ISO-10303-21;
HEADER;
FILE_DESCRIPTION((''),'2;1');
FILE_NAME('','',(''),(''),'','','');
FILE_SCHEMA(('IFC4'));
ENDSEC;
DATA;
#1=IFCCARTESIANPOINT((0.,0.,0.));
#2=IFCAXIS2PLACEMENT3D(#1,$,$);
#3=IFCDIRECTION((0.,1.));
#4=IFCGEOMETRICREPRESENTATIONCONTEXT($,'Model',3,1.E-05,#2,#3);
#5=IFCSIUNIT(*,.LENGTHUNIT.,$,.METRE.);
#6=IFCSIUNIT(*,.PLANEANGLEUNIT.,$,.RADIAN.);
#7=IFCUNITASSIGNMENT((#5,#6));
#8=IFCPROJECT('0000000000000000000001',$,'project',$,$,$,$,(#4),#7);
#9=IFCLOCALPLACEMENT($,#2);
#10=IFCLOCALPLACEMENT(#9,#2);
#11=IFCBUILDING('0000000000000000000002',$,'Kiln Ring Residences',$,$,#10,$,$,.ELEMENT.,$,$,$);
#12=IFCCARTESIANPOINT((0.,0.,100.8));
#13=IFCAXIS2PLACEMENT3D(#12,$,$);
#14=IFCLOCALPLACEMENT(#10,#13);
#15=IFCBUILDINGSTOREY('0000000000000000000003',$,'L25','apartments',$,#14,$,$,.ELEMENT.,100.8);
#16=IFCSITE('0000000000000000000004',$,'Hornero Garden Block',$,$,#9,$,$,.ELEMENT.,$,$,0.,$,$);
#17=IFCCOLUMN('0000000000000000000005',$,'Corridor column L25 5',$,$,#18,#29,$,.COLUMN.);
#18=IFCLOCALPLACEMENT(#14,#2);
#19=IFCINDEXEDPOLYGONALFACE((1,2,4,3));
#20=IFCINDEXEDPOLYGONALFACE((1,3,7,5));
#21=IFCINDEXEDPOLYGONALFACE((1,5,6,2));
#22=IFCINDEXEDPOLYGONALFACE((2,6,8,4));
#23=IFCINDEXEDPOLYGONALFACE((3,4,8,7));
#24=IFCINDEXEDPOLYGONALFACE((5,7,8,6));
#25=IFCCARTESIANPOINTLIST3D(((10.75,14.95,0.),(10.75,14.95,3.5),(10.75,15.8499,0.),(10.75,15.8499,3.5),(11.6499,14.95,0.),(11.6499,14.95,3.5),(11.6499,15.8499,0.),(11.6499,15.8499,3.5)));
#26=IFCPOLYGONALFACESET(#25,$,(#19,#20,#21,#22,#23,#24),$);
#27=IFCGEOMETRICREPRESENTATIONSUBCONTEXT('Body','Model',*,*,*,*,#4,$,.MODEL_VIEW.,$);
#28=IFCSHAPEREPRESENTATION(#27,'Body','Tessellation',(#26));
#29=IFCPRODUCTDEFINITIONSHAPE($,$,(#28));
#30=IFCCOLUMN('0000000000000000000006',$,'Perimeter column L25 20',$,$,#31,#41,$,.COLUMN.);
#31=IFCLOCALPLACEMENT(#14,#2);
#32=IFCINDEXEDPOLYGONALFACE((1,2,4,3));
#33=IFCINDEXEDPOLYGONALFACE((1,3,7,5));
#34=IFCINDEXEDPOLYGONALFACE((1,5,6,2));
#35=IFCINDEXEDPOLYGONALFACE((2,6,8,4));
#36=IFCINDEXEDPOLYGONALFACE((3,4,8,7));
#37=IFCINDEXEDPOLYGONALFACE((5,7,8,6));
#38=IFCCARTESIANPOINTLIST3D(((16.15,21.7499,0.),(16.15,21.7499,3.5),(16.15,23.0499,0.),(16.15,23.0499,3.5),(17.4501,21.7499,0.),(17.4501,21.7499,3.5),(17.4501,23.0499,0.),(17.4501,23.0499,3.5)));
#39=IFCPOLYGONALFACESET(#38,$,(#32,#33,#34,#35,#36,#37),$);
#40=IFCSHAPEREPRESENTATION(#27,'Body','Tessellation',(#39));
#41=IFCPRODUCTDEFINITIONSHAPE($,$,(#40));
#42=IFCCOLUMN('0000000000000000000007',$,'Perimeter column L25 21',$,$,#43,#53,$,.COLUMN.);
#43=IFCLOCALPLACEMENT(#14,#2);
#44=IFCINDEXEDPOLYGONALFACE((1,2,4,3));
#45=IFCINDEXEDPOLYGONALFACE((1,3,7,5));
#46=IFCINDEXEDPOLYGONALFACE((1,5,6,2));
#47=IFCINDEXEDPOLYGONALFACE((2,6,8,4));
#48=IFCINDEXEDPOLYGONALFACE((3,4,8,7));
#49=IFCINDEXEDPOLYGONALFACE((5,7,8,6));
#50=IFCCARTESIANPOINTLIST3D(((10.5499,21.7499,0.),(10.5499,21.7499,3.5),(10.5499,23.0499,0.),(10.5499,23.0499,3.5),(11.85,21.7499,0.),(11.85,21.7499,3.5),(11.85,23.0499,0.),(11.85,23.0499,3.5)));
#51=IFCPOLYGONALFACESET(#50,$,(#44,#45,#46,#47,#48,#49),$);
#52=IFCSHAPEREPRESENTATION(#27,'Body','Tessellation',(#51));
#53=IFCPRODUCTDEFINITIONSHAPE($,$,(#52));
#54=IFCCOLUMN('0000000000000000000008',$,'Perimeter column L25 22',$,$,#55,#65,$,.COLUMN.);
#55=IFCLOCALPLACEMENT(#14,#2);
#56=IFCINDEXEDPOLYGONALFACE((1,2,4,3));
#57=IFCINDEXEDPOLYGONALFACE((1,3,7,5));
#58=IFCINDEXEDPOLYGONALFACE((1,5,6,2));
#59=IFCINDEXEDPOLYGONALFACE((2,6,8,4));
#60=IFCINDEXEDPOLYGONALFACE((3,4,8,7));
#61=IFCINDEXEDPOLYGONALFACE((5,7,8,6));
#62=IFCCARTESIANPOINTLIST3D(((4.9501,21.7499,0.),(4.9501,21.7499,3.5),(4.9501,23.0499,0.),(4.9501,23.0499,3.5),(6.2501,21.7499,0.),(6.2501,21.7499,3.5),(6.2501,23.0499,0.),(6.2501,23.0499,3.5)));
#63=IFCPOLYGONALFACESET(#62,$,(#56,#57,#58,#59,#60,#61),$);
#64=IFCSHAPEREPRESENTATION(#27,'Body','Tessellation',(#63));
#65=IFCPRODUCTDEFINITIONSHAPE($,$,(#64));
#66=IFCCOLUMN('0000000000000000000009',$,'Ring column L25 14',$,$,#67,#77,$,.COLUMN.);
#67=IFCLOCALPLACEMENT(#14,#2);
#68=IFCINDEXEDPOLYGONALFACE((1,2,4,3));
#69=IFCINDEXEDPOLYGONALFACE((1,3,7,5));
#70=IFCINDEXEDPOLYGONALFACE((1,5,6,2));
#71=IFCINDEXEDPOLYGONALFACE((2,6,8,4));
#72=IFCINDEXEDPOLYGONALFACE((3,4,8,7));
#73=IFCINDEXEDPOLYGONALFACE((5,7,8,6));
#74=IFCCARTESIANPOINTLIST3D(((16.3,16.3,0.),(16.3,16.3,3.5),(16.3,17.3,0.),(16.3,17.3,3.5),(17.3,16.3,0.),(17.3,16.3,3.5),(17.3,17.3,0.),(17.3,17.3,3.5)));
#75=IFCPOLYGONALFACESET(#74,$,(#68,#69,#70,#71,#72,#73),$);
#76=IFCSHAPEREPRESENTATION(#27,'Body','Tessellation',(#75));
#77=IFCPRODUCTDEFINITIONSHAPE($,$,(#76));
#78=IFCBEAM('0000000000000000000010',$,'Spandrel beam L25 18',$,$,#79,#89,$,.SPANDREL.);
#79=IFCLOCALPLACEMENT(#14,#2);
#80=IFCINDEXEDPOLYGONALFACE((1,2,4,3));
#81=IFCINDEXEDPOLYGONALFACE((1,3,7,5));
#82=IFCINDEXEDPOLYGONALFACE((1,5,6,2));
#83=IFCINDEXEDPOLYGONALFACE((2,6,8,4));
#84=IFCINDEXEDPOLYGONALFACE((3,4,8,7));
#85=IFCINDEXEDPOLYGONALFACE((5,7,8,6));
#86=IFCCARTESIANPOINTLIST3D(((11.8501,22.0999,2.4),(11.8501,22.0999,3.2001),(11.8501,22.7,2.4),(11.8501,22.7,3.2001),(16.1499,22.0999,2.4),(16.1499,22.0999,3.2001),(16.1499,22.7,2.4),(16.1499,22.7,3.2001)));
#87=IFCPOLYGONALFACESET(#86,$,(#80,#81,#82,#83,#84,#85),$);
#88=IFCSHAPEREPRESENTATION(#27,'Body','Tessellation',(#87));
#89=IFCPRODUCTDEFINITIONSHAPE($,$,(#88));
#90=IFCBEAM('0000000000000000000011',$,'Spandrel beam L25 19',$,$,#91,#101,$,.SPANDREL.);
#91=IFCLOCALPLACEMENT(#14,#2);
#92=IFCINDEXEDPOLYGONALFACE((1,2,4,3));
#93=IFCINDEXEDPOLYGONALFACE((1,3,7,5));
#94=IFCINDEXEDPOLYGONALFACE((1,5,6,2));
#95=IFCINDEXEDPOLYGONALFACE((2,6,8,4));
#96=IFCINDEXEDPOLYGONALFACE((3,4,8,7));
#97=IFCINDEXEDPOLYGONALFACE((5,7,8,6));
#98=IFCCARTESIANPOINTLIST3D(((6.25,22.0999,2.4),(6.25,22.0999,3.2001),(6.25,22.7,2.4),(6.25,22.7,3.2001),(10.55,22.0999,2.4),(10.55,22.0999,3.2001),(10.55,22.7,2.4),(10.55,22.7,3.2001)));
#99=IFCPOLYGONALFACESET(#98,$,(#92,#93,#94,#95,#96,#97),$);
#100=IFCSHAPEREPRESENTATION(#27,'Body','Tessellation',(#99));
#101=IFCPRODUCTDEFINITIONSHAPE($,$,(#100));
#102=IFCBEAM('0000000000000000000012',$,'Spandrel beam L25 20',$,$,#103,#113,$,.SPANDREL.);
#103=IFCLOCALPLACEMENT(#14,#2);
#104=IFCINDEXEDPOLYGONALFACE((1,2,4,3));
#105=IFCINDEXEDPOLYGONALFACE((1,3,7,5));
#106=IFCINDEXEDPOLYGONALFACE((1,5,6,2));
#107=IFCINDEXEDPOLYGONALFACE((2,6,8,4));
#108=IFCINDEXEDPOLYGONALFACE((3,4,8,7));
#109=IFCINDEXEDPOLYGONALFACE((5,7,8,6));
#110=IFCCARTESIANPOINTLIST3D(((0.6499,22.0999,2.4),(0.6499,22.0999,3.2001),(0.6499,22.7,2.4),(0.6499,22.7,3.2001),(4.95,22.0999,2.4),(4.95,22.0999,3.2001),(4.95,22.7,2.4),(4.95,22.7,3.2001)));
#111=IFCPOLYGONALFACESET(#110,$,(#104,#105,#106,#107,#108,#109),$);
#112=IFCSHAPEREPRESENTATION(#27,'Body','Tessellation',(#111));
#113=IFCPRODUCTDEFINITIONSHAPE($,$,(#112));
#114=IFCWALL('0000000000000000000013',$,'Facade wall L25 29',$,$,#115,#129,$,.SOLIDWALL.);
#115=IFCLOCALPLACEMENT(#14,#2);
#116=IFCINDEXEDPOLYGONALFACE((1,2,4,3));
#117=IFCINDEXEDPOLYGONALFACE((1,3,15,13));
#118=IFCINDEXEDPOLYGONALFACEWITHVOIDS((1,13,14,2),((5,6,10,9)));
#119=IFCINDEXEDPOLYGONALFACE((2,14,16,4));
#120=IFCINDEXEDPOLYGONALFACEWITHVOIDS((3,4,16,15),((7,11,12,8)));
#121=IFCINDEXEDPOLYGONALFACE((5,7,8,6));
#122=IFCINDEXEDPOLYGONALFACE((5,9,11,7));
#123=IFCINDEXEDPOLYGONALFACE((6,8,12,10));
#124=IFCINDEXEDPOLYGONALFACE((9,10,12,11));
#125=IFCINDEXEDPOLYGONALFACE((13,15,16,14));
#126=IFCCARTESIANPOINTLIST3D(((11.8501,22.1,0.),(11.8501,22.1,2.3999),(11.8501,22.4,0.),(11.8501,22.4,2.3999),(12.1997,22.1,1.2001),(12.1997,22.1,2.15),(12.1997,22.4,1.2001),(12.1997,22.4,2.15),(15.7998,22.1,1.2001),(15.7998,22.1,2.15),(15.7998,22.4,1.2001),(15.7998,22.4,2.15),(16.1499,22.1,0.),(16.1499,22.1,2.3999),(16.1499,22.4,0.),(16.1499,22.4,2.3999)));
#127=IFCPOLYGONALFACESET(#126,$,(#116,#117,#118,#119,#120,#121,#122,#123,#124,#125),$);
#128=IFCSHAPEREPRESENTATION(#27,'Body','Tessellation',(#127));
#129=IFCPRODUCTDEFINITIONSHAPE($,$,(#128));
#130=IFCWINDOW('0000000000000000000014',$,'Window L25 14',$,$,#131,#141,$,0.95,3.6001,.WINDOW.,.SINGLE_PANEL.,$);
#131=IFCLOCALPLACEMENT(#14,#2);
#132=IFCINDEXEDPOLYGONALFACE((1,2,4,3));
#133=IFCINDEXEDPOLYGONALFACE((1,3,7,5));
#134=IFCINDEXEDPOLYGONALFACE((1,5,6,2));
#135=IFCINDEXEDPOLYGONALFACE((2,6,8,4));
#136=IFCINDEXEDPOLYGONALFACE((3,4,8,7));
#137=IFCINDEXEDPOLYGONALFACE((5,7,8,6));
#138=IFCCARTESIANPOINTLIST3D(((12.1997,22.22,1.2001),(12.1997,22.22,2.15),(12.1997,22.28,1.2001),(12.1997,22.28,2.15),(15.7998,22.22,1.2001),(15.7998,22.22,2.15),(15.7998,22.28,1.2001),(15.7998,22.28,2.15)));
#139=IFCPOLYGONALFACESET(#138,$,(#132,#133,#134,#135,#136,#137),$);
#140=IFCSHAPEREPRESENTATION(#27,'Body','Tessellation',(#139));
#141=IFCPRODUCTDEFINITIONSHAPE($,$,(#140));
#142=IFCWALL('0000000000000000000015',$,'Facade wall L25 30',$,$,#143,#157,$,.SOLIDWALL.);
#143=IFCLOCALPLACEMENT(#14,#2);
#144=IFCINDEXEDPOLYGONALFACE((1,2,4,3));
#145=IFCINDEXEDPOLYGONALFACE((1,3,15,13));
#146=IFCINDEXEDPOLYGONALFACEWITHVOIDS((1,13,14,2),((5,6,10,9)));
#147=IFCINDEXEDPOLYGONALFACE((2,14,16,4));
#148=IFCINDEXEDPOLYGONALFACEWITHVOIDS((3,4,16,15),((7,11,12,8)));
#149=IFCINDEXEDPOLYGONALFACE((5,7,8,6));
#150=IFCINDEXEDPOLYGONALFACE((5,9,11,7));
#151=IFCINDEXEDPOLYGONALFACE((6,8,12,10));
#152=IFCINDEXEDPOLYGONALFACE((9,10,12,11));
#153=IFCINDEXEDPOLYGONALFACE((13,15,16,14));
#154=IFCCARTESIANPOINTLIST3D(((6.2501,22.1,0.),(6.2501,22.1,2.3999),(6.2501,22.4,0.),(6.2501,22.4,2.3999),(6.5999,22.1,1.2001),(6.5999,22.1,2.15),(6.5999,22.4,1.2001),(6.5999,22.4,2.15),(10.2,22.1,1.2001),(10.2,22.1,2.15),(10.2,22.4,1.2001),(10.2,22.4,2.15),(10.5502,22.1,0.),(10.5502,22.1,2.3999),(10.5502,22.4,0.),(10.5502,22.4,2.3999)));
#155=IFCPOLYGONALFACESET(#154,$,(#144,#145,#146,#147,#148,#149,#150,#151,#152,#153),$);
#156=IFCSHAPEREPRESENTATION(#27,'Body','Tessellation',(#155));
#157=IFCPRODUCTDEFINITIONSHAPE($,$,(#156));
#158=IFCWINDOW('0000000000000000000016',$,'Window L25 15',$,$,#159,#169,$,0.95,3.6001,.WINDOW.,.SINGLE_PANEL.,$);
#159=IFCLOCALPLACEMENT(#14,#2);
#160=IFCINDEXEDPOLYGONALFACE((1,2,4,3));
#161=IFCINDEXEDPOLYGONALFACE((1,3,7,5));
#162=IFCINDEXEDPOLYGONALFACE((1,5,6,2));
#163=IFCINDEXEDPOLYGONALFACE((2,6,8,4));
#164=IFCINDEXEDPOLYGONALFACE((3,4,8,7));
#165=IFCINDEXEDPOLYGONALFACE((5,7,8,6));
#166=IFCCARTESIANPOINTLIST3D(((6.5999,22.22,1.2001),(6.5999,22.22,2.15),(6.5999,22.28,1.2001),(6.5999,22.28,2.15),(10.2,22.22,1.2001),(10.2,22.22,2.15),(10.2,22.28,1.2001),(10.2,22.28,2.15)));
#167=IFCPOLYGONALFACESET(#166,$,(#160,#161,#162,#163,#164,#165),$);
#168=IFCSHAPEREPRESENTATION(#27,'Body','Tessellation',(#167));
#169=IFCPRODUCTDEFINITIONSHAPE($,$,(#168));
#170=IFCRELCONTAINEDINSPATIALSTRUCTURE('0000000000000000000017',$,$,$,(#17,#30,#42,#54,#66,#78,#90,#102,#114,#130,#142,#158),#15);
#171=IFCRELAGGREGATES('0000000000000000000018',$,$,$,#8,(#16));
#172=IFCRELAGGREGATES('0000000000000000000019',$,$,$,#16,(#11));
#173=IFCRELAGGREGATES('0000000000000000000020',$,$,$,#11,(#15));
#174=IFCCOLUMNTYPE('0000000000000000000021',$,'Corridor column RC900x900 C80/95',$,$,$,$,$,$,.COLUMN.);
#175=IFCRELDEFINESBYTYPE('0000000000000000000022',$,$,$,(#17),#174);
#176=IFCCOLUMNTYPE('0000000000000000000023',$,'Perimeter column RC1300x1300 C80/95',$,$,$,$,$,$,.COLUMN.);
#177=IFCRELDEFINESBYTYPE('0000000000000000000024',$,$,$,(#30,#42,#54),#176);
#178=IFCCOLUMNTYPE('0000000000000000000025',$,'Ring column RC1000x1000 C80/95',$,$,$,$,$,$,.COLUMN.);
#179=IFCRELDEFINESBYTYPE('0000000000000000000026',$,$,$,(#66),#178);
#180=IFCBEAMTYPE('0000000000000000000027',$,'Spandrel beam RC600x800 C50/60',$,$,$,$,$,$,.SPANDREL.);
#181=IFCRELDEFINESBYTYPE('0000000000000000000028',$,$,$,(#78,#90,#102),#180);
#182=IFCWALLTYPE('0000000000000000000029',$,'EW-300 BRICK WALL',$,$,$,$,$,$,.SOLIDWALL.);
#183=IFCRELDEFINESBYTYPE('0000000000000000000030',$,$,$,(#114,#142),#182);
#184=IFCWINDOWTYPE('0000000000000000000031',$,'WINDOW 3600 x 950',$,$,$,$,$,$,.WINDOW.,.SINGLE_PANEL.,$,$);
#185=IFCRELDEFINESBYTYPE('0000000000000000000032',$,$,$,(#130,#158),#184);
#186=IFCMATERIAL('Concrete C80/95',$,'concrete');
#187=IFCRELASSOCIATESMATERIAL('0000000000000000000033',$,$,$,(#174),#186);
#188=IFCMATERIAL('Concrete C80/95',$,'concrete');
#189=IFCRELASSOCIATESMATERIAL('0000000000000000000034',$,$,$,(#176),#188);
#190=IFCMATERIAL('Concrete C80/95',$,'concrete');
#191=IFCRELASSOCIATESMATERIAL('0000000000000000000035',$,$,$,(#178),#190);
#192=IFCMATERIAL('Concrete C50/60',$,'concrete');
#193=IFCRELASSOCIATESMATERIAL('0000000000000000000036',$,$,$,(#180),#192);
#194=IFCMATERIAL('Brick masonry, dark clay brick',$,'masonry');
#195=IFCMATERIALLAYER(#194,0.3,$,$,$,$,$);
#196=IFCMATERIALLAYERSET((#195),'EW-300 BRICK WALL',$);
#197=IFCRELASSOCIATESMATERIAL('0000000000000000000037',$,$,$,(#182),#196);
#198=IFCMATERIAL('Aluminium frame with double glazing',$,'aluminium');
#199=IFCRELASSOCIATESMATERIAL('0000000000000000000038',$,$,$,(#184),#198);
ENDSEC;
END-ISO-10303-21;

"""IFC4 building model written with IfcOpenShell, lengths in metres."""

from ifc_helpers import new_model, si_unit, direction, frame, frame_2d, origin, origin_2d, place, context, subcontext, project, spatial, rectangle, extrude, material, layer, layer_set, material_profile, profile_set, type_object, element, fill, save


model = new_model("IFC4")

# Units and contexts
model_context = context("Model", 3, precision=1e-05, world=origin(), true_north=direction((0.0, 1.0)))
body_context = subcontext(model_context, "Body", "Model", "MODEL_VIEW")
ifc_project = project(units=[si_unit("LENGTHUNIT", "METRE"), si_unit("PLANEANGLEUNIT", "RADIAN")], contexts=[model_context])

# Site, building, storey
site_placement = place(None, origin())
site = spatial("IfcSite", under=ifc_project, at=site_placement, Name="Hornero Garden Block", CompositionType="ELEMENT", RefElevation=0.0)
building_placement = place(site_placement, origin())
building = spatial("IfcBuilding", under=site, at=building_placement, Name="Kiln Ring Residences", CompositionType="ELEMENT")
storey_placement = place(building_placement, frame((0.0, 0.0, 100.8)))
storey = spatial("IfcBuildingStorey", under=building, at=storey_placement, Name="L25", Description="apartments", CompositionType="ELEMENT", Elevation=100.8)

# Columns
ifc_material_1 = material(Name="Concrete C80/95", Category="concrete")
ifc_material_profile_1 = material_profile(ifc_material_1, rectangle(XDim=0.8999, YDim=0.8999, at=origin_2d()), Name="RC900x900")
ifc_profile_set_1 = profile_set([ifc_material_profile_1], Name="Concrete C80/95")
column_type_1 = type_object("IfcColumnType", Name="Corridor column RC900x900 C80/95", PredefinedType="COLUMN", material=ifc_profile_set_1)
column_1_placement = place(storey_placement, frame((11.2, 15.3999, 0.0), z_axis=(0.0, 0.0, 1.0), x_axis=(1.0, 0.0, 0.0)))
element("IfcColumn", 1, at=column_1_placement, inside=storey, type_object=column_type_1, Name="Corridor column L25 5", PredefinedType="COLUMN", context=body_context, shape_type="SweptSolid", body=[
    extrude(rectangle(XDim=0.8999, YDim=0.8999, at=origin_2d()), origin(), (0.0, 0.0, 1.0), 3.5),
])
ifc_material_2 = material(Name="Concrete C80/95", Category="concrete")
ifc_material_profile_2 = material_profile(ifc_material_2, rectangle(XDim=1.3, YDim=1.3, at=origin_2d()), Name="RC1300x1300")
ifc_profile_set_2 = profile_set([ifc_material_profile_2], Name="Concrete C80/95")
column_type_2 = type_object("IfcColumnType", Name="Perimeter column RC1300x1300 C80/95", PredefinedType="COLUMN", material=ifc_profile_set_2)
for number, where, z_axis, x_axis, name in (
    (2, (16.8, 22.3999, 0.0), (0.0, 0.0, 1.0), (1.0, 0.0, 0.0), "Perimeter column L25 20"),
    (3, (11.2, 22.3999, 0.0), (0.0, 0.0, 1.0), (1.0, 0.0, 0.0), "Perimeter column L25 21"),
    (4, (5.6001, 22.3999, 0.0), (0.0, 0.0, 1.0), (1.0, 0.0, 0.0), "Perimeter column L25 22"),
):
    element("IfcColumn", number, at=place(storey_placement, frame(where, z_axis=z_axis, x_axis=x_axis)), inside=storey, type_object=column_type_2, Name=name, PredefinedType="COLUMN", context=body_context, shape_type="SweptSolid", body=[
        extrude(rectangle(XDim=1.3, YDim=1.3, at=origin_2d()), origin(), (0.0, 0.0, 1.0), 3.5),
    ])
ifc_material_3 = material(Name="Concrete C80/95", Category="concrete")
ifc_material_profile_3 = material_profile(ifc_material_3, rectangle(XDim=1.0, YDim=1.0, at=origin_2d()), Name="RC1000x1000")
ifc_profile_set_3 = profile_set([ifc_material_profile_3], Name="Concrete C80/95")
column_type_3 = type_object("IfcColumnType", Name="Ring column RC1000x1000 C80/95", PredefinedType="COLUMN", material=ifc_profile_set_3)
column_2_placement = place(storey_placement, frame((16.8, 16.8, 0.0), z_axis=(0.0, 0.0, 1.0), x_axis=(1.0, 0.0, 0.0)))
element("IfcColumn", 5, at=column_2_placement, inside=storey, type_object=column_type_3, Name="Ring column L25 14", PredefinedType="COLUMN", context=body_context, shape_type="SweptSolid", body=[
    extrude(rectangle(XDim=1.0, YDim=1.0, at=origin_2d()), origin(), (0.0, 0.0, 1.0), 3.5),
])

# Beams
ifc_material_4 = material(Name="Concrete C50/60", Category="concrete")
ifc_material_profile_4 = material_profile(ifc_material_4, rectangle(XDim=0.6001, YDim=0.8, at=origin_2d()), Name="RC600x800")
ifc_profile_set_4 = profile_set([ifc_material_profile_4], Name="Concrete C50/60")
beam_type = type_object("IfcBeamType", Name="Spandrel beam RC600x800 C50/60", PredefinedType="SPANDREL", material=ifc_profile_set_4)
beam_placement = place(storey_placement, frame((16.1499, 22.3999, 2.8), z_axis=(-1.0, 0.0, 0.0), x_axis=(0.0, -1.0, 0.0)))
element("IfcBeam", 6, at=beam_placement, inside=storey, type_object=beam_type, Name="Spandrel beam L25 18", PredefinedType="SPANDREL", context=body_context, shape_type="SweptSolid", body=[
    extrude(rectangle(XDim=0.6001, YDim=0.8, at=origin_2d()), origin(), (0.0, 0.0, 1.0), 4.2998),
])
for number, where, z_axis, x_axis, name in (
    (7, (10.55, 22.3999, 2.8), (-1.0, 0.0, 0.0), (0.0, -1.0, 0.0), "Spandrel beam L25 19"),
    (8, (4.95, 22.3999, 2.8), (-1.0, 0.0, 0.0), (0.0, -1.0, 0.0), "Spandrel beam L25 20"),
):
    element("IfcBeam", number, at=place(storey_placement, frame(where, z_axis=z_axis, x_axis=x_axis)), inside=storey, type_object=beam_type, Name=name, PredefinedType="SPANDREL", context=body_context, shape_type="SweptSolid", body=[
        extrude(rectangle(XDim=0.6001, YDim=0.8, at=origin_2d()), origin(), (0.0, 0.0, 1.0), 4.3),
    ])

# Walls, openings, windows
ifc_material_5 = material(Name="Brick masonry, dark clay brick", Category="masonry")
ifc_layer_1 = layer(ifc_material_5, 0.3)
ifc_layer_set_1 = layer_set([ifc_layer_1], Name="EW-300 BRICK WALL")
wall_type_1 = type_object("IfcWallType", Name="EW-300 BRICK WALL", PredefinedType="SOLIDWALL", material=ifc_layer_set_1)
wall_1_placement = place(storey_placement, frame((16.1499, 22.25, 0.0), z_axis=(0.0, 0.0, 1.0), x_axis=(-1.0, 0.0, 0.0)))
wall_1 = element("IfcWall", 9, at=wall_1_placement, inside=storey, type_object=wall_type_1, Name="Facade wall L25 29", PredefinedType="SOLIDWALL", context=body_context, shape_type="SweptSolid", body=[
    extrude(rectangle(XDim=4.2998, YDim=0.3, at=frame_2d((2.1499, 0.0))), origin(), (0.0, 0.0, 1.0), 2.3999),
])
opening_1_placement = place(wall_1_placement, frame((0.3501, 0.0, 1.2)))
opening_1 = element("IfcOpeningElement", 10, at=opening_1_placement, cuts=wall_1, PredefinedType="OPENING", context=body_context, shape_type="SweptSolid", body=[
    extrude(rectangle(XDim=3.6001, YDim=0.95, at=frame_2d((1.8, 0.4751))), frame((0.0, 0.1599, 0.0), z_axis=(0.0, -1.0, 0.0), x_axis=(1.0, 0.0, 0.0)), (0.0, 0.0, 1.0), 0.3201),
])
ifc_material_6 = material(Name="Aluminium frame with double glazing", Category="aluminium")
window_type = type_object("IfcWindowType", Name="WINDOW 3600 x 950", PartitioningType="SINGLE_PANEL", PredefinedType="WINDOW", material=ifc_material_6)
window_1_placement = place(opening_1_placement, origin())
window_1 = element("IfcWindow", 11, at=window_1_placement, inside=storey, type_object=window_type, Name="Window L25 14", OverallHeight=0.95, OverallWidth=3.6001, PartitioningType="SINGLE_PANEL", PredefinedType="WINDOW", context=body_context, shape_type="SweptSolid", body=[
    extrude(rectangle(XDim=3.6001, YDim=0.95, at=frame_2d((1.8, 0.4751))), frame((0.0, 0.03, 0.0), z_axis=(0.0, -1.0, 0.0), x_axis=(1.0, 0.0, 0.0)), (0.0, 0.0, 1.0), 0.0601),
])
fill(opening_1, window_1)
wall_2_placement = place(storey_placement, frame((10.55, 22.25, 0.0), z_axis=(0.0, 0.0, 1.0), x_axis=(-1.0, 0.0, 0.0)))
wall_2 = element("IfcWall", 12, at=wall_2_placement, inside=storey, type_object=wall_type_1, Name="Facade wall L25 30", PredefinedType="SOLIDWALL", context=body_context, shape_type="SweptSolid", body=[
    extrude(rectangle(XDim=4.3, YDim=0.3, at=frame_2d((2.1499, 0.0))), origin(), (0.0, 0.0, 1.0), 2.3999),
])
opening_2_placement = place(wall_2_placement, frame((0.3501, 0.0, 1.2)))
opening_2 = element("IfcOpeningElement", 13, at=opening_2_placement, cuts=wall_2, PredefinedType="OPENING", context=body_context, shape_type="SweptSolid", body=[
    extrude(rectangle(XDim=3.6001, YDim=0.95, at=frame_2d((1.8, 0.4751))), frame((0.0, 0.1599, 0.0), z_axis=(0.0, -1.0, 0.0), x_axis=(1.0, 0.0, 0.0)), (0.0, 0.0, 1.0), 0.3201),
])
window_2_placement = place(opening_2_placement, origin())
window_2 = element("IfcWindow", 14, at=window_2_placement, inside=storey, type_object=window_type, Name="Window L25 15", OverallHeight=0.95, OverallWidth=3.6001, PartitioningType="SINGLE_PANEL", PredefinedType="WINDOW", context=body_context, shape_type="SweptSolid", body=[
    extrude(rectangle(XDim=3.6001, YDim=0.95, at=frame_2d((1.8, 0.4751))), frame((0.0, 0.03, 0.0), z_axis=(0.0, -1.0, 0.0), x_axis=(1.0, 0.0, 0.0)), (0.0, 0.0, 1.0), 0.0601),
])
fill(opening_2, window_2)

save(model, "model.ifc")
